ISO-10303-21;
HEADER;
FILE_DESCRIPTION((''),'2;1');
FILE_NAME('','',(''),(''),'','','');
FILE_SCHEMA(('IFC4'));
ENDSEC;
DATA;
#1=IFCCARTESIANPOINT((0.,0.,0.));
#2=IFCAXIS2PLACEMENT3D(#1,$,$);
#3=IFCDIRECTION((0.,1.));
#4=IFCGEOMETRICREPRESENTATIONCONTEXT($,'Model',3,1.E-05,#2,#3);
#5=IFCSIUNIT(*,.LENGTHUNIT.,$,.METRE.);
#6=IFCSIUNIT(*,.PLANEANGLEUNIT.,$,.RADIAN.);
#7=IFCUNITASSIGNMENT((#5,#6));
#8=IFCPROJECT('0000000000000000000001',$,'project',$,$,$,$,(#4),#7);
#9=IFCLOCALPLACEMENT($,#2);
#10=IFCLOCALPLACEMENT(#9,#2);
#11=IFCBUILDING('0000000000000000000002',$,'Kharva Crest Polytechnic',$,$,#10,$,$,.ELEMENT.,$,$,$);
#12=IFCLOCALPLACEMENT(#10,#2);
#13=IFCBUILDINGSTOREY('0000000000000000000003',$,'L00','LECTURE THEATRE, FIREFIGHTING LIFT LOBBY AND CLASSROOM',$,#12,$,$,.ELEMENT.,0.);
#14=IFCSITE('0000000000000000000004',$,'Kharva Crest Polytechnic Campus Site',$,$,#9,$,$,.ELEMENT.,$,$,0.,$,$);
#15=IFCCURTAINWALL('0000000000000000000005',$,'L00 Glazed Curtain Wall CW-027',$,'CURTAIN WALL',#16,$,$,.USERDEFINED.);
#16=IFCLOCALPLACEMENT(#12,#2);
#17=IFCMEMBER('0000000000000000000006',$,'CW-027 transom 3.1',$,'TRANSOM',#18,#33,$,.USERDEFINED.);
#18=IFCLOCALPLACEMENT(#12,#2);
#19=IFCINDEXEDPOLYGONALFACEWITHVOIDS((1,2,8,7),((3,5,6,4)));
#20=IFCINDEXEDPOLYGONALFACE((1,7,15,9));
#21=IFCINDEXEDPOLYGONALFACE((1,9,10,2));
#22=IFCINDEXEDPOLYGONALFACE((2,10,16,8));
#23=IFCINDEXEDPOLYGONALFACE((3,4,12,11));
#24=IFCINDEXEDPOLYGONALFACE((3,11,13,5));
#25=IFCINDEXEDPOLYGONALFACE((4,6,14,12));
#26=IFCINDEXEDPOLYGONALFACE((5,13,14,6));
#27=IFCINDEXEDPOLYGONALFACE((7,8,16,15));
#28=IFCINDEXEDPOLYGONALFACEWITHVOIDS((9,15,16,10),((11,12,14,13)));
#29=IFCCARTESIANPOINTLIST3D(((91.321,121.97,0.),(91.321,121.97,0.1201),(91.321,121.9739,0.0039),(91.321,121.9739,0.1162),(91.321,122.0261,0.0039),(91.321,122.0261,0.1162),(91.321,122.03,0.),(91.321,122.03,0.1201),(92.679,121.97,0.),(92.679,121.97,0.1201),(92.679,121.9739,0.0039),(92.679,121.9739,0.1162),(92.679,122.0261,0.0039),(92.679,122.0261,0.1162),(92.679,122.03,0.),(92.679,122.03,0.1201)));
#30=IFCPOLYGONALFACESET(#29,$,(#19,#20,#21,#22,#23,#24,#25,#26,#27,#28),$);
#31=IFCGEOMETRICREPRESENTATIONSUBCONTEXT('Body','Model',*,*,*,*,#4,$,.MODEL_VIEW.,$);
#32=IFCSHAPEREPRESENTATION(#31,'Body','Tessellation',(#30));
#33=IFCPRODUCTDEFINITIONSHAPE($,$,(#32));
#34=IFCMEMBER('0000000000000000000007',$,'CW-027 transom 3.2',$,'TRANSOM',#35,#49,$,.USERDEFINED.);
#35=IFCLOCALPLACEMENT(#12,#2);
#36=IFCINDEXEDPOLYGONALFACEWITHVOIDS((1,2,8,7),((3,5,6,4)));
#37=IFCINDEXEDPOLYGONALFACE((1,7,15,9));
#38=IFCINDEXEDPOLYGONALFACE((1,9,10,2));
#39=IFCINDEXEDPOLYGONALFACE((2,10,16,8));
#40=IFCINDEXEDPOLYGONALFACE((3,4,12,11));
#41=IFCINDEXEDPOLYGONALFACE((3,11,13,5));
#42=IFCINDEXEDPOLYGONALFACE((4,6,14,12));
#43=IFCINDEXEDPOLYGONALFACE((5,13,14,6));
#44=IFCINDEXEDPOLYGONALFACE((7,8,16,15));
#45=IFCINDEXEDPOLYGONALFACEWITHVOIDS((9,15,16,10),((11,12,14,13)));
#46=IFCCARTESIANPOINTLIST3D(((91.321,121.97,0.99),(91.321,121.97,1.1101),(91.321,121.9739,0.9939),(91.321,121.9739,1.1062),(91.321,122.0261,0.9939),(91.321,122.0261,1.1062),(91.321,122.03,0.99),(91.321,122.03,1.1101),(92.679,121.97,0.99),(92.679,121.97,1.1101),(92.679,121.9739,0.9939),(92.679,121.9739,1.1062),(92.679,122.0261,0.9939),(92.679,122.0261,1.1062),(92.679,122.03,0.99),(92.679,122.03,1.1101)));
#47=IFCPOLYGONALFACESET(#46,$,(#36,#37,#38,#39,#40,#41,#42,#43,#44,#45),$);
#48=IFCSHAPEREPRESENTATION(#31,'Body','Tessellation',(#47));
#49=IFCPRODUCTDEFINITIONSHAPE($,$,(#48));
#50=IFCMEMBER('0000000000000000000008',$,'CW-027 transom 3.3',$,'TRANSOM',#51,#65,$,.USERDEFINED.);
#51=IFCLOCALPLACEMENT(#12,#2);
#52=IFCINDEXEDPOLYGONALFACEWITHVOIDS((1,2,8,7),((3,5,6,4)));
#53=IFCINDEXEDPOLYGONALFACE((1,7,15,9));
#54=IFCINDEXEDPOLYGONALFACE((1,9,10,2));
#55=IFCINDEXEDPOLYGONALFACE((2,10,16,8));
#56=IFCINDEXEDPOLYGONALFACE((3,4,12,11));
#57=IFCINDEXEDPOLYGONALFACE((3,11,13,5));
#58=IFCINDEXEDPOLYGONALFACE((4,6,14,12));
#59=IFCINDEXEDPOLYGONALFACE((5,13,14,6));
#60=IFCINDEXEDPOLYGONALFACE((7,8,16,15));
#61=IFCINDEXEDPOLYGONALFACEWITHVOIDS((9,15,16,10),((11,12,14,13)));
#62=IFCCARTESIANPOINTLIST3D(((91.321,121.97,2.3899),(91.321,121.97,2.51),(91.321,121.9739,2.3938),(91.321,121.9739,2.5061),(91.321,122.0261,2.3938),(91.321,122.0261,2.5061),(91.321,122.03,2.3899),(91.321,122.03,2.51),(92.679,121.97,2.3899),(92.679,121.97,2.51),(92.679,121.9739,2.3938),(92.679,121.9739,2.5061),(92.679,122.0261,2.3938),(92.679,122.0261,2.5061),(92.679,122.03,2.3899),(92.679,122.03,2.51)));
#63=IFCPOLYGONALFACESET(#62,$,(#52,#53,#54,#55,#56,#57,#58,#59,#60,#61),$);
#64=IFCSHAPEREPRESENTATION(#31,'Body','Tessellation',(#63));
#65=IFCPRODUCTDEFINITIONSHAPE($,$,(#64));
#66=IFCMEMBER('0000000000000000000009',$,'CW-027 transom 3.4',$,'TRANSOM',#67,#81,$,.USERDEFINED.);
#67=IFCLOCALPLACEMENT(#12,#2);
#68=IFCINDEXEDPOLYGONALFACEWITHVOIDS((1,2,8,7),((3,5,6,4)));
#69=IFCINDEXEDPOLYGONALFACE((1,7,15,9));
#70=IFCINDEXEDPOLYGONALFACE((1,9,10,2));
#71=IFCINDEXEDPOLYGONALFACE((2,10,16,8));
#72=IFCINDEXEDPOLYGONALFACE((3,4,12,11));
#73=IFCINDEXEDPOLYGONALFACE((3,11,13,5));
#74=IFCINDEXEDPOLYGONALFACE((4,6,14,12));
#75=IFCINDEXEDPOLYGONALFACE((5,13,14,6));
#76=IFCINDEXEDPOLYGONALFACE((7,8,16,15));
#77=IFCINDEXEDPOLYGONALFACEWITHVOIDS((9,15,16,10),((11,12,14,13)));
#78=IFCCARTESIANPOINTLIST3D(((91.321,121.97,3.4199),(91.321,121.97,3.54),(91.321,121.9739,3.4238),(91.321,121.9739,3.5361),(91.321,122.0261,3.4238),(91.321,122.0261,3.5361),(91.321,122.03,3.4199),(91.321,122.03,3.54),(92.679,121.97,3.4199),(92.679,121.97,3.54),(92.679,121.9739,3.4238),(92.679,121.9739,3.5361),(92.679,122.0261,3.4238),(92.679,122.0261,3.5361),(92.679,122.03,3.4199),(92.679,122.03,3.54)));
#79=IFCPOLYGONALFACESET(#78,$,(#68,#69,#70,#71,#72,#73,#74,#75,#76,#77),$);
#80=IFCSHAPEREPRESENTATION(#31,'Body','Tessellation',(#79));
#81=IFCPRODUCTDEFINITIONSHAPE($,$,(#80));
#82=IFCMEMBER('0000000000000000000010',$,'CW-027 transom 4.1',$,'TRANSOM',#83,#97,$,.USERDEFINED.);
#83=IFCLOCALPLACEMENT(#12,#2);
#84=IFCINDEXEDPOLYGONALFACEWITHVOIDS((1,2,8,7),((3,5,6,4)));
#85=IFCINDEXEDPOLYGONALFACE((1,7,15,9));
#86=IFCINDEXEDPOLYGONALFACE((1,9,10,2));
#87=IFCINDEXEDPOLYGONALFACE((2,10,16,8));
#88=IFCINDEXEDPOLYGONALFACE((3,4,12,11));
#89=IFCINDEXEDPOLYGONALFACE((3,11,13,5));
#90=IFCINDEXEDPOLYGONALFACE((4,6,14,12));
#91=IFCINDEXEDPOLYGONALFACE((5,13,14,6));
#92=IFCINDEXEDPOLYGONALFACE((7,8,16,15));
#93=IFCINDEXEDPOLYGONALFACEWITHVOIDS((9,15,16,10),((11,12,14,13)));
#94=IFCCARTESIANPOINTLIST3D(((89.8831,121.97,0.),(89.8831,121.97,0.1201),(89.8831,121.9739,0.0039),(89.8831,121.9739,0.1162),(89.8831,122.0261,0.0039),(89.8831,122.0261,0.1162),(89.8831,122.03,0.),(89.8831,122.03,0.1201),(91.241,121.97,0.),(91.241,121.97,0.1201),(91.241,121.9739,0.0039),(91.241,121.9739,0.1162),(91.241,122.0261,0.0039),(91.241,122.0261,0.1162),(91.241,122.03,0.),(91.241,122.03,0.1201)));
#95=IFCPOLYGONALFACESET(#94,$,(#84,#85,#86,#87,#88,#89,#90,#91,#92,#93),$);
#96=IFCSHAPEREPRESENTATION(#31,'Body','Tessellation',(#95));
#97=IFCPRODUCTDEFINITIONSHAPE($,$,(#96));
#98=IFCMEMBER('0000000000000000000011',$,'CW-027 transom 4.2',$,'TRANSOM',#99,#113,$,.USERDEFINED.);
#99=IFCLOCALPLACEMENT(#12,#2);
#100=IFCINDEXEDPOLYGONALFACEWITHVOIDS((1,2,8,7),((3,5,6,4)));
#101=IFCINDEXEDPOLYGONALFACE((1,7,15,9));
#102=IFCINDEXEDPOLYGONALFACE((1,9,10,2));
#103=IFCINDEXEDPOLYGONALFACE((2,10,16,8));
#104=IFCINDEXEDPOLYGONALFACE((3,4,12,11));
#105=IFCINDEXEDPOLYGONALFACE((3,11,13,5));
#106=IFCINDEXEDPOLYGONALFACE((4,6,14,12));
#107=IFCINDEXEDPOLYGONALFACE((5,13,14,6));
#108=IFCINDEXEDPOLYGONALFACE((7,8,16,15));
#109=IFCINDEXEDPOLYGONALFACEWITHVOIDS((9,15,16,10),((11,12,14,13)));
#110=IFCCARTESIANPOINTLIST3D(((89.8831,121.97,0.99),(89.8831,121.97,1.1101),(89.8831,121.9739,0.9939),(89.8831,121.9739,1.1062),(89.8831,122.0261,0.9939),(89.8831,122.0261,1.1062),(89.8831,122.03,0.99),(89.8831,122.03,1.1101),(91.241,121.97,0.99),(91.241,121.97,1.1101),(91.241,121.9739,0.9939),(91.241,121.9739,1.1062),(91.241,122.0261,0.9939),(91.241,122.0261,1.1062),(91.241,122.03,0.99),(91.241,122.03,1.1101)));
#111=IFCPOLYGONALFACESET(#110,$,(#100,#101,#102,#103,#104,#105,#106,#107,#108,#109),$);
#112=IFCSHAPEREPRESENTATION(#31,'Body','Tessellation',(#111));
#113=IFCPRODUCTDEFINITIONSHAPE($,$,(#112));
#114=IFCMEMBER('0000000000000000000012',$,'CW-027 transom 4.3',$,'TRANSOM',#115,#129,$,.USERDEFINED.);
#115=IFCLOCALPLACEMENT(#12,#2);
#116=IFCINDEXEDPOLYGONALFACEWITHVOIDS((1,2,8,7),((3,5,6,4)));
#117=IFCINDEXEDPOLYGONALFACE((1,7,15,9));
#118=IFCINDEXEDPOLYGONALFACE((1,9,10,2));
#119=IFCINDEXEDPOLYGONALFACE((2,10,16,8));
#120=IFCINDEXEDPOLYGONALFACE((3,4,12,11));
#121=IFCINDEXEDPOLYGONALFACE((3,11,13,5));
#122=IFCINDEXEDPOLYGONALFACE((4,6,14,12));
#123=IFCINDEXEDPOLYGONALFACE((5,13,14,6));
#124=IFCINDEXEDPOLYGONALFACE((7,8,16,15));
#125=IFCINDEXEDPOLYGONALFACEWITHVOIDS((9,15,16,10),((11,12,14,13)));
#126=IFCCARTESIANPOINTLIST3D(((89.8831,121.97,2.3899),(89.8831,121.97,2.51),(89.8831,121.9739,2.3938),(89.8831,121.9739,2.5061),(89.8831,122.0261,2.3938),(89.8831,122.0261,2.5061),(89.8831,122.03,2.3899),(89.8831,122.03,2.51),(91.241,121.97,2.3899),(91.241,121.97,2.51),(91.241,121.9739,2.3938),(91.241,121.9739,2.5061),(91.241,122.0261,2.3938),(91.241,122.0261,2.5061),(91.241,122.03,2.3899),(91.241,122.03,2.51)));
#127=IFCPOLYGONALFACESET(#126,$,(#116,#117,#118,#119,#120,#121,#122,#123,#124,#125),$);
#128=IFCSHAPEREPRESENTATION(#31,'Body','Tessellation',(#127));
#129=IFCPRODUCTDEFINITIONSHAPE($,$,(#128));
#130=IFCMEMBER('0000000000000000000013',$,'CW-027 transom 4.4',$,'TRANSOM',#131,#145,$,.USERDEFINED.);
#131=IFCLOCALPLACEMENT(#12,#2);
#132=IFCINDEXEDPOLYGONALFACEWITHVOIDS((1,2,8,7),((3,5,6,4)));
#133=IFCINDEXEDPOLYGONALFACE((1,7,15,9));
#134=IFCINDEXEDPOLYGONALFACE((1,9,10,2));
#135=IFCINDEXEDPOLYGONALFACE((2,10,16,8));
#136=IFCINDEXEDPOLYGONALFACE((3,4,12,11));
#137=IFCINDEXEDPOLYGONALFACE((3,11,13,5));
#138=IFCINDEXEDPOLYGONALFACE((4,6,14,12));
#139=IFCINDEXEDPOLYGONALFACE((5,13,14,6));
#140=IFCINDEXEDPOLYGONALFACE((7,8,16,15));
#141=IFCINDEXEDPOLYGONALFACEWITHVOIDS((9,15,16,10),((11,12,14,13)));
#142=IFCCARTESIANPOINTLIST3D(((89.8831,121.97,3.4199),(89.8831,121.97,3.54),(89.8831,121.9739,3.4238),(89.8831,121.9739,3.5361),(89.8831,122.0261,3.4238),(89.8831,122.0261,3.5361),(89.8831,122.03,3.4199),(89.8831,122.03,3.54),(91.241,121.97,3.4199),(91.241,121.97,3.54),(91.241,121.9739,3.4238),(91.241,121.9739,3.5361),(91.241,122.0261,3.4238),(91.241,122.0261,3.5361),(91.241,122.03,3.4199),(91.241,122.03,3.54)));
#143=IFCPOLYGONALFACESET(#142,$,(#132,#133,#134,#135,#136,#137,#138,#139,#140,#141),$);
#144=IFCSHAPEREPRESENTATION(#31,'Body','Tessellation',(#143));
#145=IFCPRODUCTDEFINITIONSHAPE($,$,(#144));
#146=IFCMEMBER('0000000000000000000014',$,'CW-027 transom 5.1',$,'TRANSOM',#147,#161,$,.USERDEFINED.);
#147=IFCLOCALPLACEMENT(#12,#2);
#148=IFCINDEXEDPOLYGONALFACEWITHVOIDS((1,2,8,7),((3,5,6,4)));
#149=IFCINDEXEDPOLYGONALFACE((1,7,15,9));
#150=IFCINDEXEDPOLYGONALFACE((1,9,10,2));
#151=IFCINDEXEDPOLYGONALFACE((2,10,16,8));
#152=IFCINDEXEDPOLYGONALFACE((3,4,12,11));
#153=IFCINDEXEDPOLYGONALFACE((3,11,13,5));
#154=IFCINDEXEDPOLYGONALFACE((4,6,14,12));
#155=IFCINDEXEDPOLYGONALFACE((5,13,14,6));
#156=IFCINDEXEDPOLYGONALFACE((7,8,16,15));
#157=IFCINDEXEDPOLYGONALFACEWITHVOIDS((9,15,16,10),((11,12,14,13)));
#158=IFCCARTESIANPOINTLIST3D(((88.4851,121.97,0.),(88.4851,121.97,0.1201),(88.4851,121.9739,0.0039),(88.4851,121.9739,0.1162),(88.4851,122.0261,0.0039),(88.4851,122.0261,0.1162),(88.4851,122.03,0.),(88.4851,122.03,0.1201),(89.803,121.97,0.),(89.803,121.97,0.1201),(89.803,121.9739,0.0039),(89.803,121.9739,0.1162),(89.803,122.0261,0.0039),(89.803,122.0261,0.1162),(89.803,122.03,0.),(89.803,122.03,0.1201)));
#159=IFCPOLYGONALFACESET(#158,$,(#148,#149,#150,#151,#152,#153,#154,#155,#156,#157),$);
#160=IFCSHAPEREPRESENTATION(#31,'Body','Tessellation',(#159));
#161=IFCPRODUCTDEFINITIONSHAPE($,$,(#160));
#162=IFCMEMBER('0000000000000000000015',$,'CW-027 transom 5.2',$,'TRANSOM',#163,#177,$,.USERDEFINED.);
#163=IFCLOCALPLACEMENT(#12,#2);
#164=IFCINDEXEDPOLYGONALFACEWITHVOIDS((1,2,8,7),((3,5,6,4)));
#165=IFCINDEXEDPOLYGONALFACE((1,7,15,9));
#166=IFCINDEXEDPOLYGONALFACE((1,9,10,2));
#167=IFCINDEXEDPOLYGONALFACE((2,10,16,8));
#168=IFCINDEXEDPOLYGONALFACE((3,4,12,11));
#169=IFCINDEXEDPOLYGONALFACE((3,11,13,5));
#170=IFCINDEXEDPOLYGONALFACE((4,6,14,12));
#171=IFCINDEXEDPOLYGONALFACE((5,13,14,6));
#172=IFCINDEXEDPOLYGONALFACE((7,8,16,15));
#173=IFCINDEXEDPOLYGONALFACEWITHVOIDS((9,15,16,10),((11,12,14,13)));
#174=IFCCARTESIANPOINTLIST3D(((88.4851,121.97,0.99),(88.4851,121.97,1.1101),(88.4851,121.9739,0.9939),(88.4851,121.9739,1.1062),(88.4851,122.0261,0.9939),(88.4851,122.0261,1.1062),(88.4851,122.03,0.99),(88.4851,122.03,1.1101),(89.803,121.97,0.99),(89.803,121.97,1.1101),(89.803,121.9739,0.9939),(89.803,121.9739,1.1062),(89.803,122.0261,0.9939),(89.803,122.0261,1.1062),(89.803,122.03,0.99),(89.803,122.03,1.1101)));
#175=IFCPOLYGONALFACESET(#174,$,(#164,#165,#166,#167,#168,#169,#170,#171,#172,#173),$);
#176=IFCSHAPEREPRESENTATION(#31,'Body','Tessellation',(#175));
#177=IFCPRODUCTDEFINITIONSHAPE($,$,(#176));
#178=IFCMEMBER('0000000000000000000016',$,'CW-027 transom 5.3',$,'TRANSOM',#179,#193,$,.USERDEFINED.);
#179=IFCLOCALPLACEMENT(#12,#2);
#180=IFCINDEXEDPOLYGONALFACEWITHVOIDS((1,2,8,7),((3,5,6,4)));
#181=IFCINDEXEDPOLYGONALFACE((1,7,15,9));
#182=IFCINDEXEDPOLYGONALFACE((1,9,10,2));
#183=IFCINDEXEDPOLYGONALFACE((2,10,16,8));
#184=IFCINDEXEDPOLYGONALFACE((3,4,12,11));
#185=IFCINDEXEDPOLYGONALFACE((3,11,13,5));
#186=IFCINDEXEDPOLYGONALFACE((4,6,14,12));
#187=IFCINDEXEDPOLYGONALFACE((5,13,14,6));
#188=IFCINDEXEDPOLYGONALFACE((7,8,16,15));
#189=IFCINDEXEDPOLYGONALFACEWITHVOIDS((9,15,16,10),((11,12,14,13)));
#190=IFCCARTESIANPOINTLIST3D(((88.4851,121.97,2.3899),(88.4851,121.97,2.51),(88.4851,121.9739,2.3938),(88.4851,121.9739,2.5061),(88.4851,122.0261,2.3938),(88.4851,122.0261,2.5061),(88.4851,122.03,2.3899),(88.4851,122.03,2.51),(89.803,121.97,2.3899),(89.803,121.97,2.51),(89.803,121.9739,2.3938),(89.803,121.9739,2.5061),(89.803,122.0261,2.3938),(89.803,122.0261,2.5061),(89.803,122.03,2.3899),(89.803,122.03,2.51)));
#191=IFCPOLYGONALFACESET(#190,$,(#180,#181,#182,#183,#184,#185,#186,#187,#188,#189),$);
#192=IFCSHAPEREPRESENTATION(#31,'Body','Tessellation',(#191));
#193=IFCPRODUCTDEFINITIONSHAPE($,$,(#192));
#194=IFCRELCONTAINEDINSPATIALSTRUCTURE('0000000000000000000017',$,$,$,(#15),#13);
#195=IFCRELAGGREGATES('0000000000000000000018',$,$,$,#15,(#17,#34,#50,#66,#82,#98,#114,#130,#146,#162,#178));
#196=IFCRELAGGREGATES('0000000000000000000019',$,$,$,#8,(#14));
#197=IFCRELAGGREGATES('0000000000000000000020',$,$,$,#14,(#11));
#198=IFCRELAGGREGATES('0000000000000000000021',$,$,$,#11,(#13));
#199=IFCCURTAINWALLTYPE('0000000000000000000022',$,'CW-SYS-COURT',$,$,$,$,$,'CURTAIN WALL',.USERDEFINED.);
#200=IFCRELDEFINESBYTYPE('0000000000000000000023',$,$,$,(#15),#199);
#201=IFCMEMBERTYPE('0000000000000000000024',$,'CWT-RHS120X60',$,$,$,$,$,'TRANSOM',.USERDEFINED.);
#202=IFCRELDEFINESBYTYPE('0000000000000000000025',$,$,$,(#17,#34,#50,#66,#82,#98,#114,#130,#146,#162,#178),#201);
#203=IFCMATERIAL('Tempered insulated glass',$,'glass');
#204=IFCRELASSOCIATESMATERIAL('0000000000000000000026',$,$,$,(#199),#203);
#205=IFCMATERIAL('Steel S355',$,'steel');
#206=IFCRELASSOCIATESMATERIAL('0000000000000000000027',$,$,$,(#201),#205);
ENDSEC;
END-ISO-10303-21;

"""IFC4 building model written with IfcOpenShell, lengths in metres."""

from ifc_helpers import new_model, si_unit, direction, frame, origin, origin_2d, place, context, subcontext, project, spatial, hollow_rectangle, extrude, material, material_profile, profile_set, type_object, element, aggregate, save


model = new_model("IFC4")

# Units and contexts
model_context = context("Model", 3, precision=1e-05, world=origin(), true_north=direction((0.0, 1.0)))
body_context = subcontext(model_context, "Body", "Model", "MODEL_VIEW")
ifc_project = project(units=[si_unit("LENGTHUNIT", "METRE"), si_unit("PLANEANGLEUNIT", "RADIAN")], contexts=[model_context])

# Site, building, storey
site_placement = place(None, origin())
site = spatial("IfcSite", under=ifc_project, at=site_placement, Name="Kharva Crest Polytechnic Campus Site", CompositionType="ELEMENT", RefElevation=0.0)
building_placement = place(site_placement, origin())
building = spatial("IfcBuilding", under=site, at=building_placement, Name="Kharva Crest Polytechnic", CompositionType="ELEMENT")
storey_placement = place(building_placement, origin())
storey = spatial("IfcBuildingStorey", under=building, at=storey_placement, Name="L00", Description="LECTURE THEATRE, FIREFIGHTING LIFT LOBBY AND CLASSROOM", CompositionType="ELEMENT", Elevation=0.0)

# Curtain wall, members
ifc_material_1 = material(Name="Tempered insulated glass", Category="glass")
curtain_wall_type = type_object("IfcCurtainWallType", Name="CW-SYS-COURT", ElementType="CURTAIN WALL", PredefinedType="USERDEFINED", material=ifc_material_1)
curtain_wall_placement = place(storey_placement, origin())
curtain_wall = element("IfcCurtainWall", 1, at=curtain_wall_placement, inside=storey, type_object=curtain_wall_type, Name="L00 Glazed Curtain Wall CW-027", ObjectType="CURTAIN WALL", PredefinedType="USERDEFINED")
ifc_material_2 = material(Name="Steel S355", Category="steel")
ifc_material_profile_1 = material_profile(ifc_material_2, hollow_rectangle(XDim=0.0601, YDim=0.1201, WallThickness=0.0039, at=origin_2d()), Name="RHS 120X60X4.0")
ifc_profile_set_1 = profile_set([ifc_material_profile_1], Name="Steel S355")
member_type_1 = type_object("IfcMemberType", Name="CWT-RHS120X60", ElementType="TRANSOM", PredefinedType="USERDEFINED", material=ifc_profile_set_1)
member_1_placement = place(storey_placement, frame((92.679, 122.0, 0.0601), z_axis=(-1.0, 0.0, 0.0), x_axis=(0.0, -1.0, 0.0)))
member_1 = element("IfcMember", 2, at=member_1_placement, type_object=member_type_1, Name="CW-027 transom 3.1", ObjectType="TRANSOM", PredefinedType="USERDEFINED", context=body_context, shape_type="SweptSolid", body=[
    extrude(hollow_rectangle(XDim=0.0601, YDim=0.1201, WallThickness=0.0039, at=origin_2d()), origin(), (0.0, 0.0, 1.0), 1.3579),
])
member_2_placement = place(storey_placement, frame((92.679, 122.0, 1.05), z_axis=(-1.0, 0.0, 0.0), x_axis=(0.0, -1.0, 0.0)))
member_2 = element("IfcMember", 3, at=member_2_placement, type_object=member_type_1, Name="CW-027 transom 3.2", ObjectType="TRANSOM", PredefinedType="USERDEFINED", context=body_context, shape_type="SweptSolid", body=[
    extrude(hollow_rectangle(XDim=0.0601, YDim=0.1201, WallThickness=0.0039, at=origin_2d()), origin(), (0.0, 0.0, 1.0), 1.3579),
])
member_3_placement = place(storey_placement, frame((92.679, 122.0, 2.45), z_axis=(-1.0, 0.0, 0.0), x_axis=(0.0, -1.0, 0.0)))
member_3 = element("IfcMember", 4, at=member_3_placement, type_object=member_type_1, Name="CW-027 transom 3.3", ObjectType="TRANSOM", PredefinedType="USERDEFINED", context=body_context, shape_type="SweptSolid", body=[
    extrude(hollow_rectangle(XDim=0.0601, YDim=0.1201, WallThickness=0.0039, at=origin_2d()), origin(), (0.0, 0.0, 1.0), 1.3579),
])
member_4_placement = place(storey_placement, frame((92.679, 122.0, 3.48), z_axis=(-1.0, 0.0, 0.0), x_axis=(0.0, -1.0, 0.0)))
member_4 = element("IfcMember", 5, at=member_4_placement, type_object=member_type_1, Name="CW-027 transom 3.4", ObjectType="TRANSOM", PredefinedType="USERDEFINED", context=body_context, shape_type="SweptSolid", body=[
    extrude(hollow_rectangle(XDim=0.0601, YDim=0.1201, WallThickness=0.0039, at=origin_2d()), origin(), (0.0, 0.0, 1.0), 1.3579),
])
member_5_placement = place(storey_placement, frame((91.241, 122.0, 0.0601), z_axis=(-1.0, 0.0, 0.0), x_axis=(0.0, -1.0, 0.0)))
member_5 = element("IfcMember", 6, at=member_5_placement, type_object=member_type_1, Name="CW-027 transom 4.1", ObjectType="TRANSOM", PredefinedType="USERDEFINED", context=body_context, shape_type="SweptSolid", body=[
    extrude(hollow_rectangle(XDim=0.0601, YDim=0.1201, WallThickness=0.0039, at=origin_2d()), origin(), (0.0, 0.0, 1.0), 1.3579),
])
member_6_placement = place(storey_placement, frame((91.241, 122.0, 1.05), z_axis=(-1.0, 0.0, 0.0), x_axis=(0.0, -1.0, 0.0)))
member_6 = element("IfcMember", 7, at=member_6_placement, type_object=member_type_1, Name="CW-027 transom 4.2", ObjectType="TRANSOM", PredefinedType="USERDEFINED", context=body_context, shape_type="SweptSolid", body=[
    extrude(hollow_rectangle(XDim=0.0601, YDim=0.1201, WallThickness=0.0039, at=origin_2d()), origin(), (0.0, 0.0, 1.0), 1.3579),
])
member_7_placement = place(storey_placement, frame((91.241, 122.0, 2.45), z_axis=(-1.0, 0.0, 0.0), x_axis=(0.0, -1.0, 0.0)))
member_7 = element("IfcMember", 8, at=member_7_placement, type_object=member_type_1, Name="CW-027 transom 4.3", ObjectType="TRANSOM", PredefinedType="USERDEFINED", context=body_context, shape_type="SweptSolid", body=[
    extrude(hollow_rectangle(XDim=0.0601, YDim=0.1201, WallThickness=0.0039, at=origin_2d()), origin(), (0.0, 0.0, 1.0), 1.3579),
])
member_8_placement = place(storey_placement, frame((91.241, 122.0, 3.48), z_axis=(-1.0, 0.0, 0.0), x_axis=(0.0, -1.0, 0.0)))
member_8 = element("IfcMember", 9, at=member_8_placement, type_object=member_type_1, Name="CW-027 transom 4.4", ObjectType="TRANSOM", PredefinedType="USERDEFINED", context=body_context, shape_type="SweptSolid", body=[
    extrude(hollow_rectangle(XDim=0.0601, YDim=0.1201, WallThickness=0.0039, at=origin_2d()), origin(), (0.0, 0.0, 1.0), 1.3579),
])
member_9_placement = place(storey_placement, frame((89.803, 122.0, 0.0601), z_axis=(-1.0, 0.0, 0.0), x_axis=(0.0, -1.0, 0.0)))
member_9 = element("IfcMember", 10, at=member_9_placement, type_object=member_type_1, Name="CW-027 transom 5.1", ObjectType="TRANSOM", PredefinedType="USERDEFINED", context=body_context, shape_type="SweptSolid", body=[
    extrude(hollow_rectangle(XDim=0.0601, YDim=0.1201, WallThickness=0.0039, at=origin_2d()), origin(), (0.0, 0.0, 1.0), 1.3179),
])
member_10_placement = place(storey_placement, frame((89.803, 122.0, 1.05), z_axis=(-1.0, 0.0, 0.0), x_axis=(0.0, -1.0, 0.0)))
member_10 = element("IfcMember", 11, at=member_10_placement, type_object=member_type_1, Name="CW-027 transom 5.2", ObjectType="TRANSOM", PredefinedType="USERDEFINED", context=body_context, shape_type="SweptSolid", body=[
    extrude(hollow_rectangle(XDim=0.0601, YDim=0.1201, WallThickness=0.0039, at=origin_2d()), origin(), (0.0, 0.0, 1.0), 1.3179),
])
member_11_placement = place(storey_placement, frame((89.803, 122.0, 2.45), z_axis=(-1.0, 0.0, 0.0), x_axis=(0.0, -1.0, 0.0)))
member_11 = element("IfcMember", 12, at=member_11_placement, type_object=member_type_1, Name="CW-027 transom 5.3", ObjectType="TRANSOM", PredefinedType="USERDEFINED", context=body_context, shape_type="SweptSolid", body=[
    extrude(hollow_rectangle(XDim=0.0601, YDim=0.1201, WallThickness=0.0039, at=origin_2d()), origin(), (0.0, 0.0, 1.0), 1.3179),
])

aggregate(curtain_wall, [member_1, member_2, member_3, member_4, member_5, member_6, member_7, member_8, member_9, member_10, member_11])

save(model, "model.ifc")
